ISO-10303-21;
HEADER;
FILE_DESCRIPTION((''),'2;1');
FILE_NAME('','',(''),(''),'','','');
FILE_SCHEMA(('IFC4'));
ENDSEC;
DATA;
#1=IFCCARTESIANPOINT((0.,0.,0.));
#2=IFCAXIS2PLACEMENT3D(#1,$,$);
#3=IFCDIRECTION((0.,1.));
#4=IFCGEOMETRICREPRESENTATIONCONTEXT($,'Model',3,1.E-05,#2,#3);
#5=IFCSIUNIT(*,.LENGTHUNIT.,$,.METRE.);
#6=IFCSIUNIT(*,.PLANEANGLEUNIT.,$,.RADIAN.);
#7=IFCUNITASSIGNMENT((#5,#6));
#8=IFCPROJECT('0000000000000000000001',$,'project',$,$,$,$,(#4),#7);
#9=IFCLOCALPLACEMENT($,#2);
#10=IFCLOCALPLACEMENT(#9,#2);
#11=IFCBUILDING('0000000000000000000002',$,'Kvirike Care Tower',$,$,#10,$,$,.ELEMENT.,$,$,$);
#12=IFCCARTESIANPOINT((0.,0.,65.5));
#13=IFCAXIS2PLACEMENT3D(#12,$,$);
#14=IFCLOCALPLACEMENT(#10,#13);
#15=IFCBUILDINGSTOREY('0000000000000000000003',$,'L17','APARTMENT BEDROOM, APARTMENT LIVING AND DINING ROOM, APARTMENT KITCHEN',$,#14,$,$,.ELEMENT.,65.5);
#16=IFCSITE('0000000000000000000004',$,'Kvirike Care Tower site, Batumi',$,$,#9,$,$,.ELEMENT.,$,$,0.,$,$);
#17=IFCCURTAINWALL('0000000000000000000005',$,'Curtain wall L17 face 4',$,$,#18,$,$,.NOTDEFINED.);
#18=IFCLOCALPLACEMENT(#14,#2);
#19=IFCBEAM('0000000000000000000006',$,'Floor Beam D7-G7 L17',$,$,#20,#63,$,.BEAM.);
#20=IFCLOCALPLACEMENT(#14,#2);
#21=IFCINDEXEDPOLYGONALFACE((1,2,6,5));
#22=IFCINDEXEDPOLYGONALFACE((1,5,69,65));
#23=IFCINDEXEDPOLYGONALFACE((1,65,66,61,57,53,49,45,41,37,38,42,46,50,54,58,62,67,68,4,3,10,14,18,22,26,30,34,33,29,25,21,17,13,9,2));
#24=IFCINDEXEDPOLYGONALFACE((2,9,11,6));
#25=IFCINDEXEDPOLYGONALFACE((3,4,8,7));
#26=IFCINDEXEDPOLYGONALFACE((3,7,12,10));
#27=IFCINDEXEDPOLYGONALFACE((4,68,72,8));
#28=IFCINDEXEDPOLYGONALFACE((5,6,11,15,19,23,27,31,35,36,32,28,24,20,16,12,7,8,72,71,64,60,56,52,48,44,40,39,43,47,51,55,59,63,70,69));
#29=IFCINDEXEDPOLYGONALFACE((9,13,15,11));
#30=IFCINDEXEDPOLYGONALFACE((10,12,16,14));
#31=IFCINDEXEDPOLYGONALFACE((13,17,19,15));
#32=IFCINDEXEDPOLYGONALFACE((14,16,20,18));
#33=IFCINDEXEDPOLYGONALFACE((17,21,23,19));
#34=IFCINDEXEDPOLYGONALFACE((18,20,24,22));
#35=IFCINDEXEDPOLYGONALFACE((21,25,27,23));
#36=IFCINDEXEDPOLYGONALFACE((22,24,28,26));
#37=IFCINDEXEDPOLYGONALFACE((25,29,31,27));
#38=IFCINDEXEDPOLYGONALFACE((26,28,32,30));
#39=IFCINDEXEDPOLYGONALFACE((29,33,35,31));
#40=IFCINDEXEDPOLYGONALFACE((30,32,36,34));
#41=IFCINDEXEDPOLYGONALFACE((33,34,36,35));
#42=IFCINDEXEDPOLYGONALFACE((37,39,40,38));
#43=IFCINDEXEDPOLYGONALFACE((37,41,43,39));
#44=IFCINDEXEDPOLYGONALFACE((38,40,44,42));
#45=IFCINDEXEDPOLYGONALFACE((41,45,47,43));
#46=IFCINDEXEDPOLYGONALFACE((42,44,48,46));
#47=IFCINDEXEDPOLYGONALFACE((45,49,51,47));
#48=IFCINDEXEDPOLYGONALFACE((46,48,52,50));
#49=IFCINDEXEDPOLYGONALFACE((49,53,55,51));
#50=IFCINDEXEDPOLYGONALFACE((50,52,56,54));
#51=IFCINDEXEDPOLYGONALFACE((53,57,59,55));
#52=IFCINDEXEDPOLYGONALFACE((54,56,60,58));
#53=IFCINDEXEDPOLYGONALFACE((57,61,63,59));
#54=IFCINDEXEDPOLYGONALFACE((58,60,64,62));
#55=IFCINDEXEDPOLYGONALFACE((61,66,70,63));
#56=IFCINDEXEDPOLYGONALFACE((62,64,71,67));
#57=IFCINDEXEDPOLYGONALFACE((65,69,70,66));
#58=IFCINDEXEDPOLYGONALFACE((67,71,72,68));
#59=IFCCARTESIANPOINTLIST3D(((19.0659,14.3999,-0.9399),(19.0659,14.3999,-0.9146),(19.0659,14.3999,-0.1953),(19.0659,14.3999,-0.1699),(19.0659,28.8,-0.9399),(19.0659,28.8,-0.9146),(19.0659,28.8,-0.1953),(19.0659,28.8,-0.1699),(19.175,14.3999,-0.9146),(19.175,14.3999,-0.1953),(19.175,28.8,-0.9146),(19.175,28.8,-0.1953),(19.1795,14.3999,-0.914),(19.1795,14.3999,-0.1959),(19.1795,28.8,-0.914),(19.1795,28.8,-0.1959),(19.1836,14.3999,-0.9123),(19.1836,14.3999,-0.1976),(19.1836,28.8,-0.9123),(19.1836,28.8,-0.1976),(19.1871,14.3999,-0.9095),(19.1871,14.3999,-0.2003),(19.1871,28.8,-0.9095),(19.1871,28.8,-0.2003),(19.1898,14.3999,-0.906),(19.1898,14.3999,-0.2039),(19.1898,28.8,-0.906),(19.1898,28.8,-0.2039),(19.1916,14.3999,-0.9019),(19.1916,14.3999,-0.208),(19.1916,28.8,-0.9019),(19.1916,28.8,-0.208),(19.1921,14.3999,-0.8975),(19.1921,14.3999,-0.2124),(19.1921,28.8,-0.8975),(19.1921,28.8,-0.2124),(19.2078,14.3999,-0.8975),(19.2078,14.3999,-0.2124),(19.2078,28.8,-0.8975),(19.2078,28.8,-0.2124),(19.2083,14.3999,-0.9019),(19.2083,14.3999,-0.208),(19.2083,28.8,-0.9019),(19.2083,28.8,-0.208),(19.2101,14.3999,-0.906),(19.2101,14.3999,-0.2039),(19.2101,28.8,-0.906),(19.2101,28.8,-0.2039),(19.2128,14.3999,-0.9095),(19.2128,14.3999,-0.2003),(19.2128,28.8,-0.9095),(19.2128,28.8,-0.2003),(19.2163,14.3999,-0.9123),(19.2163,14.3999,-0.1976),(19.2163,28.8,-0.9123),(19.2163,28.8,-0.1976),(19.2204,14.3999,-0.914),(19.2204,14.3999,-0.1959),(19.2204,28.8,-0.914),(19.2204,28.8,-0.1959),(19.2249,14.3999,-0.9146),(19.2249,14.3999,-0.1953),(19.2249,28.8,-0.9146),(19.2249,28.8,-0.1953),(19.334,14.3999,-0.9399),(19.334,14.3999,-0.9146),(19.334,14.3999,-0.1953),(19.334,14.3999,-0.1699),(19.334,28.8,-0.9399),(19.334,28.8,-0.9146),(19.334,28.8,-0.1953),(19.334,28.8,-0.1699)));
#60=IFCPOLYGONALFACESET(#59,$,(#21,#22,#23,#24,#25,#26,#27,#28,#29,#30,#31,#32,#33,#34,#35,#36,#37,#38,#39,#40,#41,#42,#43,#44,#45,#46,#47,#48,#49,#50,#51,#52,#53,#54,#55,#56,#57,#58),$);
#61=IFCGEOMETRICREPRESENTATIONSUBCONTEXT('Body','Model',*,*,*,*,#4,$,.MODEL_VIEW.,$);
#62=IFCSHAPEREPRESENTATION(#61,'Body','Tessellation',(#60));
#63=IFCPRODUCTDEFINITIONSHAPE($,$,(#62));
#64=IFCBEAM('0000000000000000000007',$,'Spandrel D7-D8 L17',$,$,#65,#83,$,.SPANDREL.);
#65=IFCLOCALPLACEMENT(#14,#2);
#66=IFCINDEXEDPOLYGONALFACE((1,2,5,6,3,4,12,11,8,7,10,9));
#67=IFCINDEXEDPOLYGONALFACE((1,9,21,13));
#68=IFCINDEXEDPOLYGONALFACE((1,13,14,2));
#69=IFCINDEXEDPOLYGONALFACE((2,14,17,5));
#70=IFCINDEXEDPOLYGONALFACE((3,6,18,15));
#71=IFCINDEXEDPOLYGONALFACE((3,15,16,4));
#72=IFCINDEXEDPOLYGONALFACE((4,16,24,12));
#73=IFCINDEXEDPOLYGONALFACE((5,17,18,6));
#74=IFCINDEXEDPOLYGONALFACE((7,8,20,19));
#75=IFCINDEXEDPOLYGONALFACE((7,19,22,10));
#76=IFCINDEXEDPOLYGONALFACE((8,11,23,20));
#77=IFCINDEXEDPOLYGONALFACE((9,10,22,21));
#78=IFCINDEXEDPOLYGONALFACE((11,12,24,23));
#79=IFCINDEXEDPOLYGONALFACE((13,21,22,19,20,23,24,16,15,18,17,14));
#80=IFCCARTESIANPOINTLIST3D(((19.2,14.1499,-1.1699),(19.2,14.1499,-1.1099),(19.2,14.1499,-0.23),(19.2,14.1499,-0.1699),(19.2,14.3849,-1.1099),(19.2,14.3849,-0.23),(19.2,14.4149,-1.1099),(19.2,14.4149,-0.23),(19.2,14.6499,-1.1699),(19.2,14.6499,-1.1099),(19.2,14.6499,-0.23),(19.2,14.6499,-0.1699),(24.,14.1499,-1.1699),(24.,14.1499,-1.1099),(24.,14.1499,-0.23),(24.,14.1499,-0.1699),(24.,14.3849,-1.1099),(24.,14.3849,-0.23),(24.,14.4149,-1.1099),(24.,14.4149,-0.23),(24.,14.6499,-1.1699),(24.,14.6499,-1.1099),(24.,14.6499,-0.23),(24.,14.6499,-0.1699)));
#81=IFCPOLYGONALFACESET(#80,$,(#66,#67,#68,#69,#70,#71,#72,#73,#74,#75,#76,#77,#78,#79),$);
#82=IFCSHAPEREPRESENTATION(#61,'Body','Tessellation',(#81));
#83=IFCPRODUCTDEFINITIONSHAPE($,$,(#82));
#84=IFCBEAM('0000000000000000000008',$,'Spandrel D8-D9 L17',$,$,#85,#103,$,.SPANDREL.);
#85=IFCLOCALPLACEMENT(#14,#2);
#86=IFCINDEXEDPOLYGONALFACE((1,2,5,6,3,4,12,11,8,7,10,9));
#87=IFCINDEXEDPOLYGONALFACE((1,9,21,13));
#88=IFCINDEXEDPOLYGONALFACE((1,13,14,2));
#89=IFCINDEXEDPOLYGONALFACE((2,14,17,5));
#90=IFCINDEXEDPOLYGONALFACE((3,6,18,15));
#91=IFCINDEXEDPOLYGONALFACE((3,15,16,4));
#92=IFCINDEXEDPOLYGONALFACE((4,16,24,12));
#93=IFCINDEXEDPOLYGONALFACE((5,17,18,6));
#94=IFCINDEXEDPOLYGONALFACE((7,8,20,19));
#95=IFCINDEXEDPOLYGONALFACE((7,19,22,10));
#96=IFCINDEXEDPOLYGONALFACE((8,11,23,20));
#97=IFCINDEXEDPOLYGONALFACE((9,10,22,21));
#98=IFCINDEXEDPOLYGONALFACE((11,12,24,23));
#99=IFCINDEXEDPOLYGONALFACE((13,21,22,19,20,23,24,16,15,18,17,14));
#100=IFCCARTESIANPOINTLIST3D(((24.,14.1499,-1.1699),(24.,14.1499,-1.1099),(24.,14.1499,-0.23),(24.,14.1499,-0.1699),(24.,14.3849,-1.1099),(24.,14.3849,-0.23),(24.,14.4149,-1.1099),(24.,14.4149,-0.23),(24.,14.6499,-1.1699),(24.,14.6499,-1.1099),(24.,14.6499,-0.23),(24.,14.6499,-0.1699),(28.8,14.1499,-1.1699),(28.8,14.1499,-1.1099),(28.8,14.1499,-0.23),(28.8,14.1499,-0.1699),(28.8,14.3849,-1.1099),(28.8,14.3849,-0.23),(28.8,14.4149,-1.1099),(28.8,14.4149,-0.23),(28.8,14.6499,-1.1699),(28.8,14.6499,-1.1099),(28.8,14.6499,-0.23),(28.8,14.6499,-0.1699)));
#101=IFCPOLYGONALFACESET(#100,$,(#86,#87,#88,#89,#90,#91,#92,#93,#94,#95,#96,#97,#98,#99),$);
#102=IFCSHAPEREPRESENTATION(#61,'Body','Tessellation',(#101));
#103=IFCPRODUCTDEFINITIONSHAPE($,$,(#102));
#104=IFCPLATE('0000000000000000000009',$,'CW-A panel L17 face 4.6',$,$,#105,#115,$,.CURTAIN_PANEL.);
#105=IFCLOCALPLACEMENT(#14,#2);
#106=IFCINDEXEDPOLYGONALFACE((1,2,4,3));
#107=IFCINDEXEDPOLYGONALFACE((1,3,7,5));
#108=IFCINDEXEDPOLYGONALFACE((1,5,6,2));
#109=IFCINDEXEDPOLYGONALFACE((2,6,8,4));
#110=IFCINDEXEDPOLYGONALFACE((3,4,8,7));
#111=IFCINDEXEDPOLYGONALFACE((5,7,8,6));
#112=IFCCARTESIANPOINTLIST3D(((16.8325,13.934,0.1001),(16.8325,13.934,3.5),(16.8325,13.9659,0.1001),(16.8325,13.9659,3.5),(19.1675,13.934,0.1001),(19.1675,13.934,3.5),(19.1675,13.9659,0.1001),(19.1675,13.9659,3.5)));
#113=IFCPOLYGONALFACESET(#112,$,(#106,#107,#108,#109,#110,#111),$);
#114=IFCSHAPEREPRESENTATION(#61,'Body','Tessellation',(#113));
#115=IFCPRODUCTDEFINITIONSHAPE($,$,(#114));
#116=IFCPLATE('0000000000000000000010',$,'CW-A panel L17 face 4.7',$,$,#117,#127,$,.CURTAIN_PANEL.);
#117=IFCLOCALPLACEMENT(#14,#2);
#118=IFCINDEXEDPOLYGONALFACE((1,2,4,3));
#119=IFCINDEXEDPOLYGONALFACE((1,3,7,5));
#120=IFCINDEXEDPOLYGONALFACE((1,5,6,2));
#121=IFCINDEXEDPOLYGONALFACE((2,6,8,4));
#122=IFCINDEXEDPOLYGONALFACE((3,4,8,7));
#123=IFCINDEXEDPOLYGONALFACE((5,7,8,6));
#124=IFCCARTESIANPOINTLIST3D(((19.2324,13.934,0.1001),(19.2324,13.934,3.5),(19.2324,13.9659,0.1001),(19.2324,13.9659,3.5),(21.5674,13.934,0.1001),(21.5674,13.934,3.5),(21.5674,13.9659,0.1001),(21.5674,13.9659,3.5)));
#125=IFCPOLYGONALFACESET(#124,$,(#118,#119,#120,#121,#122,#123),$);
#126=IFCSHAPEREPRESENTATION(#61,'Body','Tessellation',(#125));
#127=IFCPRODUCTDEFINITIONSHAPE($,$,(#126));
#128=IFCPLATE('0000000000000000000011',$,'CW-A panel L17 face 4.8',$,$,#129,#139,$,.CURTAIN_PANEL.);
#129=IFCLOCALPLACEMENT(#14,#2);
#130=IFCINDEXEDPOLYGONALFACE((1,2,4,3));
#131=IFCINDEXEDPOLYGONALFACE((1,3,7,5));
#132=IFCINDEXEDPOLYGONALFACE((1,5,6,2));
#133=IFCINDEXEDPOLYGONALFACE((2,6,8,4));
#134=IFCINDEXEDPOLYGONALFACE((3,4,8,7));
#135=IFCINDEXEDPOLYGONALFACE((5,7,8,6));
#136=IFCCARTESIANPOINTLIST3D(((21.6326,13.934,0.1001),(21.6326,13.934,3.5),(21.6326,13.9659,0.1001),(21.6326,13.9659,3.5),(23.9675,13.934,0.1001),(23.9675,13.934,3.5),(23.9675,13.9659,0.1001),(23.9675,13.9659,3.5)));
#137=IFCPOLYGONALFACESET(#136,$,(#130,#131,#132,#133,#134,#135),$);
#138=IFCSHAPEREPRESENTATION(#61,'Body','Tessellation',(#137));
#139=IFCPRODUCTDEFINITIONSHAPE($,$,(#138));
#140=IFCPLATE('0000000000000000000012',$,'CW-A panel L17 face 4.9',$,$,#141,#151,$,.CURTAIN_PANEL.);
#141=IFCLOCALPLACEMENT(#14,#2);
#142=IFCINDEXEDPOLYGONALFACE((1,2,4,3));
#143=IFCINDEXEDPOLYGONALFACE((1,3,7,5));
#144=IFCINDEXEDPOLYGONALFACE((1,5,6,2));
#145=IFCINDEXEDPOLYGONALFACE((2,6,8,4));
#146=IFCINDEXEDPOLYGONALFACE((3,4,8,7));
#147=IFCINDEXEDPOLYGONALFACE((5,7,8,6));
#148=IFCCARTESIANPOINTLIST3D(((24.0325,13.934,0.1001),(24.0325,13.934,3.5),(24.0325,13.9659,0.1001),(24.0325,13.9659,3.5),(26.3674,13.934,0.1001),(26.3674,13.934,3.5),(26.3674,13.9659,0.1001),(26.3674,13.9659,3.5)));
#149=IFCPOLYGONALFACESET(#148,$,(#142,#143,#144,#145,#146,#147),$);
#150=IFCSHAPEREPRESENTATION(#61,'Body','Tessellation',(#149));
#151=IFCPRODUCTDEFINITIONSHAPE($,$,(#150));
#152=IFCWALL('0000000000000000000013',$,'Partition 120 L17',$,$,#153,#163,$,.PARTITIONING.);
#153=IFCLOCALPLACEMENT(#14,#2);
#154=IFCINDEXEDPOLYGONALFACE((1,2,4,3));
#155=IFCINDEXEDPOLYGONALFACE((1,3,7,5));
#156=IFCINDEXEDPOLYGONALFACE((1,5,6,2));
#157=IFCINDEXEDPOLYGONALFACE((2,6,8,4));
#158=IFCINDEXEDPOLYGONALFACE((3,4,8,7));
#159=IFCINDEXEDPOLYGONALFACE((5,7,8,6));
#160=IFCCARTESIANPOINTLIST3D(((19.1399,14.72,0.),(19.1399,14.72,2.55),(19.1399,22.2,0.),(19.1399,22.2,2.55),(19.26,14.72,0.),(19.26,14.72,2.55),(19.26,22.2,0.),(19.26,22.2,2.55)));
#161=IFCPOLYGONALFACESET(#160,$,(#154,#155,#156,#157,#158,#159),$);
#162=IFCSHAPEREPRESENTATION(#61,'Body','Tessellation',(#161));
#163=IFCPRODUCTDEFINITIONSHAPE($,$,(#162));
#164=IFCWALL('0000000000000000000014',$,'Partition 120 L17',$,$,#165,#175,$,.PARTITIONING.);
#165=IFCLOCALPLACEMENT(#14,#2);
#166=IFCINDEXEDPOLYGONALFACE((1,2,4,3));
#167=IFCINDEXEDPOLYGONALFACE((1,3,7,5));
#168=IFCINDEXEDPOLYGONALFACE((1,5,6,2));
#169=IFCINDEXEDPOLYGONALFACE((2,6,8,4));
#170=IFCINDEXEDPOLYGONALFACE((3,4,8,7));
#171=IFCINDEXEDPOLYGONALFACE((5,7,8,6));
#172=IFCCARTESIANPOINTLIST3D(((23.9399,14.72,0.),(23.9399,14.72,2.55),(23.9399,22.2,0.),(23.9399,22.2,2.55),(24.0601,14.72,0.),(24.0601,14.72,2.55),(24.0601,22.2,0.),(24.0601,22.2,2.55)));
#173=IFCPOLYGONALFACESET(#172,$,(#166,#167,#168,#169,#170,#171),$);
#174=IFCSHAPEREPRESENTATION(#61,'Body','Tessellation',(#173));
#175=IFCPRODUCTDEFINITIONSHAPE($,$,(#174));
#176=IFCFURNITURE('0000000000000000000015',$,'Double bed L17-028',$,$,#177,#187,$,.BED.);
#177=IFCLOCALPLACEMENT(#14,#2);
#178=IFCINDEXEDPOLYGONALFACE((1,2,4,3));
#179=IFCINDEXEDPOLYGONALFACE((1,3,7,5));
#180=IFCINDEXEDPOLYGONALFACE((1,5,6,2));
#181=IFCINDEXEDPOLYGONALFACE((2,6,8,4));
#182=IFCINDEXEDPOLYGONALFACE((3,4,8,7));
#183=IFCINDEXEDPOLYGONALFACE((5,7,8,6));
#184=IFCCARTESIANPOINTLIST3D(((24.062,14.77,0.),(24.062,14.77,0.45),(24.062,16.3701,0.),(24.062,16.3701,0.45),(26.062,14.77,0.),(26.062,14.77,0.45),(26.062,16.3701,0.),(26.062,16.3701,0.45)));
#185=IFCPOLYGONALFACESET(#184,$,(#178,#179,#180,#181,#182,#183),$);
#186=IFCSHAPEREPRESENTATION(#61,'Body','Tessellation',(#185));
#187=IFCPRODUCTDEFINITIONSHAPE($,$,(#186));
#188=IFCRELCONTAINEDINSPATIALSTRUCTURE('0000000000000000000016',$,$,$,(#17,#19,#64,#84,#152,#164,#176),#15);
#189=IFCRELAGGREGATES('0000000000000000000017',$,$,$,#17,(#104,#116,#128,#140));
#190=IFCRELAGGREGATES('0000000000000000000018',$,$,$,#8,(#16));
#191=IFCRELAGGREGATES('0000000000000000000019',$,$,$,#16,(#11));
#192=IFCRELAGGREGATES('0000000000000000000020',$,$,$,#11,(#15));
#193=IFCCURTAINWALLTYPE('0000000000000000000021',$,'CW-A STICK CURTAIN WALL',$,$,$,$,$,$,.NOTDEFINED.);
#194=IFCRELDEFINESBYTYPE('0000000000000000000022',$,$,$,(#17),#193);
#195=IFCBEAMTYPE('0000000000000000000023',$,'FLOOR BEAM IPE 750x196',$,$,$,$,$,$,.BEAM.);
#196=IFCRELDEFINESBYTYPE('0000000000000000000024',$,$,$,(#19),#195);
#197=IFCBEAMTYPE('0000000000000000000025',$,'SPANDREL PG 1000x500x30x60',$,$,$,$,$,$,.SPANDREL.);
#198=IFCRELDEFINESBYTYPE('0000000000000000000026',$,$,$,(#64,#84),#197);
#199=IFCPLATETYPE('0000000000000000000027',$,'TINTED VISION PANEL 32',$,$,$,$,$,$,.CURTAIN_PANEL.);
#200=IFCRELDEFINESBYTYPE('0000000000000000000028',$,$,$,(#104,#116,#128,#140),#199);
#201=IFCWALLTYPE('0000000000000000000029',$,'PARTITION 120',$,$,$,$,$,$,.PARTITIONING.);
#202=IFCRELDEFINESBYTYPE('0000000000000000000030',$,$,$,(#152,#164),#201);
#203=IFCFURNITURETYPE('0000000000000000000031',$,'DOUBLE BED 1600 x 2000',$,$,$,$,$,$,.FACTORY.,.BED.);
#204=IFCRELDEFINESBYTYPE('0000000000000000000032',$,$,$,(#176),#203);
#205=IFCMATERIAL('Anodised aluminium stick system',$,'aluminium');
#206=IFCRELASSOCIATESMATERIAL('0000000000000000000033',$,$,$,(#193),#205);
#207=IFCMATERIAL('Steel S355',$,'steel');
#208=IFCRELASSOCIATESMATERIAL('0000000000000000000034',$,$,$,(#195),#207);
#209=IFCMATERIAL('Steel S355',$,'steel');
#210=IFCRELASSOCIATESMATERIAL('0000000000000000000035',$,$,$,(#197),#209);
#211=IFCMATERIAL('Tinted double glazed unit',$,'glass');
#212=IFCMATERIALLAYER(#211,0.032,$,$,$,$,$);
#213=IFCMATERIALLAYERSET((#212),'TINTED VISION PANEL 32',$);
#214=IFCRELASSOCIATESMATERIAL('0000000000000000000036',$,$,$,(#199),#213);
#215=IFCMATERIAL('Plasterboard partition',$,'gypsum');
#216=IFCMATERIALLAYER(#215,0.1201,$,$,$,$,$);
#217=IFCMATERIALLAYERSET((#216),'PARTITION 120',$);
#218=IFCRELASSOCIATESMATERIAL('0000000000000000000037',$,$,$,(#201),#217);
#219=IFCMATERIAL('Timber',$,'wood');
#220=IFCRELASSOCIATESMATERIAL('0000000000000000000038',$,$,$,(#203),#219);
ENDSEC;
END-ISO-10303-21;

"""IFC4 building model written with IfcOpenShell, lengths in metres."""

from ifc_helpers import new_model, si_unit, direction, frame, frame_2d, origin, origin_2d, place, context, subcontext, project, spatial, rectangle, i_section, extrude, material, layer, layer_set, material_profile, profile_set, type_object, element, aggregate, save


model = new_model("IFC4")

# Units and contexts
model_context = context("Model", 3, precision=1e-05, world=origin(), true_north=direction((0.0, 1.0)))
body_context = subcontext(model_context, "Body", "Model", "MODEL_VIEW")
ifc_project = project(units=[si_unit("LENGTHUNIT", "METRE"), si_unit("PLANEANGLEUNIT", "RADIAN")], contexts=[model_context])

# Site, building, storey
site_placement = place(None, origin())
site = spatial("IfcSite", under=ifc_project, at=site_placement, Name="Kvirike Care Tower site, Batumi", CompositionType="ELEMENT", RefElevation=0.0)
building_placement = place(site_placement, origin())
building = spatial("IfcBuilding", under=site, at=building_placement, Name="Kvirike Care Tower", CompositionType="ELEMENT")
storey_placement = place(building_placement, frame((0.0, 0.0, 65.5)))
storey = spatial("IfcBuildingStorey", under=building, at=storey_placement, Name="L17", Description="APARTMENT BEDROOM, APARTMENT LIVING AND DINING ROOM, APARTMENT KITCHEN", CompositionType="ELEMENT", Elevation=65.5)

# Curtain wall
ifc_material_1 = material(Name="Anodised aluminium stick system", Category="aluminium")
curtain_wall_type = type_object("IfcCurtainWallType", Name="CW-A STICK CURTAIN WALL", PredefinedType="NOTDEFINED", material=ifc_material_1)
curtain_wall_placement = place(storey_placement, origin())
curtain_wall = element("IfcCurtainWall", 1, at=curtain_wall_placement, inside=storey, type_object=curtain_wall_type, Name="Curtain wall L17 face 4", PredefinedType="NOTDEFINED")

# Beams
ifc_material_2 = material(Name="Steel S355", Category="steel")
ifc_material_profile_1 = material_profile(ifc_material_2, i_section(OverallWidth=0.2681, OverallDepth=0.77, WebThickness=0.0156, FlangeThickness=0.0254, FilletRadius=0.0171, at=origin_2d()), Name="IPE 750x196")
ifc_profile_set_1 = profile_set([ifc_material_profile_1], Name="Steel S355")
beam_type_1 = type_object("IfcBeamType", Name="FLOOR BEAM IPE 750x196", PredefinedType="BEAM", material=ifc_profile_set_1)
beam_1_placement = place(storey_placement, frame((19.2, 14.3999, -0.5549), z_axis=(0.0, 1.0, 0.0), x_axis=(-1.0, 0.0, 0.0)))
element("IfcBeam", 2, at=beam_1_placement, inside=storey, type_object=beam_type_1, Name="Floor Beam D7-G7 L17", PredefinedType="BEAM", context=body_context, shape_type="SweptSolid", body=[
    extrude(i_section(OverallWidth=0.2681, OverallDepth=0.77, WebThickness=0.0156, FlangeThickness=0.0254, FilletRadius=0.0171, at=origin_2d()), origin(), (0.0, 0.0, 1.0), 14.4001),
])
ifc_material_3 = material(Name="Steel S355", Category="steel")
ifc_material_profile_2 = material_profile(ifc_material_3, i_section(OverallWidth=0.5, OverallDepth=1.0, WebThickness=0.03, FlangeThickness=0.0601, at=origin_2d()), Name="PG 1000x500x30x60")
ifc_profile_set_2 = profile_set([ifc_material_profile_2], Name="Steel S355")
beam_type_2 = type_object("IfcBeamType", Name="SPANDREL PG 1000x500x30x60", PredefinedType="SPANDREL", material=ifc_profile_set_2)
for number, where, z_axis, x_axis, name in (
    (3, (19.2, 14.3999, -0.6699), (1.0, 0.0, 0.0), (0.0, 1.0, 0.0), "Spandrel D7-D8 L17"),
    (4, (24.0, 14.3999, -0.6699), (1.0, 0.0, 0.0), (0.0, 1.0, 0.0), "Spandrel D8-D9 L17"),
):
    element("IfcBeam", number, at=place(storey_placement, frame(where, z_axis=z_axis, x_axis=x_axis)), inside=storey, type_object=beam_type_2, Name=name, PredefinedType="SPANDREL", context=body_context, shape_type="SweptSolid", body=[
        extrude(i_section(OverallWidth=0.5, OverallDepth=1.0, WebThickness=0.03, FlangeThickness=0.0601, at=origin_2d()), origin(), (0.0, 0.0, 1.0), 4.8),
    ])

# Plates
ifc_material_4 = material(Name="Tinted double glazed unit", Category="glass")
ifc_layer_1 = layer(ifc_material_4, 0.032)
ifc_layer_set_1 = layer_set([ifc_layer_1], Name="TINTED VISION PANEL 32")
plate_type = type_object("IfcPlateType", Name="TINTED VISION PANEL 32", PredefinedType="CURTAIN_PANEL", material=ifc_layer_set_1)
plate_1_placement = place(storey_placement, frame((18.0, 13.95, 0.1001), z_axis=(0.0, 0.0, 1.0), x_axis=(1.0, 0.0, 0.0)))
plate_1 = element("IfcPlate", 5, at=plate_1_placement, type_object=plate_type, Name="CW-A panel L17 face 4.6", PredefinedType="CURTAIN_PANEL", context=body_context, shape_type="SweptSolid", body=[
    extrude(rectangle(XDim=2.335, YDim=0.032, at=origin_2d()), origin(), (0.0, 0.0, 1.0), 3.3999),
])
plate_2_placement = place(storey_placement, frame((20.3999, 13.95, 0.1001), z_axis=(0.0, 0.0, 1.0), x_axis=(1.0, 0.0, 0.0)))
plate_2 = element("IfcPlate", 6, at=plate_2_placement, type_object=plate_type, Name="CW-A panel L17 face 4.7", PredefinedType="CURTAIN_PANEL", context=body_context, shape_type="SweptSolid", body=[
    extrude(rectangle(XDim=2.335, YDim=0.032, at=origin_2d()), origin(), (0.0, 0.0, 1.0), 3.3999),
])
plate_3_placement = place(storey_placement, frame((22.8, 13.95, 0.1001), z_axis=(0.0, 0.0, 1.0), x_axis=(1.0, 0.0, 0.0)))
plate_3 = element("IfcPlate", 7, at=plate_3_placement, type_object=plate_type, Name="CW-A panel L17 face 4.8", PredefinedType="CURTAIN_PANEL", context=body_context, shape_type="SweptSolid", body=[
    extrude(rectangle(XDim=2.335, YDim=0.032, at=origin_2d()), origin(), (0.0, 0.0, 1.0), 3.3999),
])
plate_4_placement = place(storey_placement, frame((25.2, 13.95, 0.1001), z_axis=(0.0, 0.0, 1.0), x_axis=(1.0, 0.0, 0.0)))
plate_4 = element("IfcPlate", 8, at=plate_4_placement, type_object=plate_type, Name="CW-A panel L17 face 4.9", PredefinedType="CURTAIN_PANEL", context=body_context, shape_type="SweptSolid", body=[
    extrude(rectangle(XDim=2.335, YDim=0.032, at=origin_2d()), origin(), (0.0, 0.0, 1.0), 3.3999),
])
aggregate(curtain_wall, [plate_1, plate_2, plate_3, plate_4])

# Walls
ifc_material_5 = material(Name="Plasterboard partition", Category="gypsum")
ifc_layer_2 = layer(ifc_material_5, 0.1201)
ifc_layer_set_2 = layer_set([ifc_layer_2], Name="PARTITION 120")
wall_type = type_object("IfcWallType", Name="PARTITION 120", PredefinedType="PARTITIONING", material=ifc_layer_set_2)
for number, where, z_axis, x_axis, name in (
    (9, (19.2, 14.72, 0.0), (0.0, 0.0, 1.0), (0.0, 1.0, 0.0), "Partition 120 L17"),
    (10, (24.0, 14.72, 0.0), (0.0, 0.0, 1.0), (0.0, 1.0, 0.0), "Partition 120 L17"),
):
    element("IfcWall", number, at=place(storey_placement, frame(where, z_axis=z_axis, x_axis=x_axis)), inside=storey, type_object=wall_type, Name=name, PredefinedType="PARTITIONING", context=body_context, shape_type="SweptSolid", body=[
        extrude(rectangle(XDim=7.48, YDim=0.1201, at=frame_2d((3.74, 0.0))), origin(), (0.0, 0.0, 1.0), 2.55),
    ])

# Furniture
ifc_material_6 = material(Name="Timber", Category="wood")
furniture_type = type_object("IfcFurnitureType", Name="DOUBLE BED 1600 x 2000", AssemblyPlace="FACTORY", PredefinedType="BED", material=ifc_material_6)
furniture_placement = place(storey_placement, frame((25.062, 15.5701, 0.0), z_axis=(0.0, 0.0, 1.0), x_axis=(0.0, 1.0, 0.0)))
element("IfcFurniture", 11, at=furniture_placement, inside=storey, type_object=furniture_type, Name="Double bed L17-028", PredefinedType="BED", context=body_context, shape_type="SweptSolid", body=[
    extrude(rectangle(XDim=1.6001, YDim=2.0, at=origin_2d()), origin(), (0.0, 0.0, 1.0), 0.45),
])

save(model, "model.ifc")
